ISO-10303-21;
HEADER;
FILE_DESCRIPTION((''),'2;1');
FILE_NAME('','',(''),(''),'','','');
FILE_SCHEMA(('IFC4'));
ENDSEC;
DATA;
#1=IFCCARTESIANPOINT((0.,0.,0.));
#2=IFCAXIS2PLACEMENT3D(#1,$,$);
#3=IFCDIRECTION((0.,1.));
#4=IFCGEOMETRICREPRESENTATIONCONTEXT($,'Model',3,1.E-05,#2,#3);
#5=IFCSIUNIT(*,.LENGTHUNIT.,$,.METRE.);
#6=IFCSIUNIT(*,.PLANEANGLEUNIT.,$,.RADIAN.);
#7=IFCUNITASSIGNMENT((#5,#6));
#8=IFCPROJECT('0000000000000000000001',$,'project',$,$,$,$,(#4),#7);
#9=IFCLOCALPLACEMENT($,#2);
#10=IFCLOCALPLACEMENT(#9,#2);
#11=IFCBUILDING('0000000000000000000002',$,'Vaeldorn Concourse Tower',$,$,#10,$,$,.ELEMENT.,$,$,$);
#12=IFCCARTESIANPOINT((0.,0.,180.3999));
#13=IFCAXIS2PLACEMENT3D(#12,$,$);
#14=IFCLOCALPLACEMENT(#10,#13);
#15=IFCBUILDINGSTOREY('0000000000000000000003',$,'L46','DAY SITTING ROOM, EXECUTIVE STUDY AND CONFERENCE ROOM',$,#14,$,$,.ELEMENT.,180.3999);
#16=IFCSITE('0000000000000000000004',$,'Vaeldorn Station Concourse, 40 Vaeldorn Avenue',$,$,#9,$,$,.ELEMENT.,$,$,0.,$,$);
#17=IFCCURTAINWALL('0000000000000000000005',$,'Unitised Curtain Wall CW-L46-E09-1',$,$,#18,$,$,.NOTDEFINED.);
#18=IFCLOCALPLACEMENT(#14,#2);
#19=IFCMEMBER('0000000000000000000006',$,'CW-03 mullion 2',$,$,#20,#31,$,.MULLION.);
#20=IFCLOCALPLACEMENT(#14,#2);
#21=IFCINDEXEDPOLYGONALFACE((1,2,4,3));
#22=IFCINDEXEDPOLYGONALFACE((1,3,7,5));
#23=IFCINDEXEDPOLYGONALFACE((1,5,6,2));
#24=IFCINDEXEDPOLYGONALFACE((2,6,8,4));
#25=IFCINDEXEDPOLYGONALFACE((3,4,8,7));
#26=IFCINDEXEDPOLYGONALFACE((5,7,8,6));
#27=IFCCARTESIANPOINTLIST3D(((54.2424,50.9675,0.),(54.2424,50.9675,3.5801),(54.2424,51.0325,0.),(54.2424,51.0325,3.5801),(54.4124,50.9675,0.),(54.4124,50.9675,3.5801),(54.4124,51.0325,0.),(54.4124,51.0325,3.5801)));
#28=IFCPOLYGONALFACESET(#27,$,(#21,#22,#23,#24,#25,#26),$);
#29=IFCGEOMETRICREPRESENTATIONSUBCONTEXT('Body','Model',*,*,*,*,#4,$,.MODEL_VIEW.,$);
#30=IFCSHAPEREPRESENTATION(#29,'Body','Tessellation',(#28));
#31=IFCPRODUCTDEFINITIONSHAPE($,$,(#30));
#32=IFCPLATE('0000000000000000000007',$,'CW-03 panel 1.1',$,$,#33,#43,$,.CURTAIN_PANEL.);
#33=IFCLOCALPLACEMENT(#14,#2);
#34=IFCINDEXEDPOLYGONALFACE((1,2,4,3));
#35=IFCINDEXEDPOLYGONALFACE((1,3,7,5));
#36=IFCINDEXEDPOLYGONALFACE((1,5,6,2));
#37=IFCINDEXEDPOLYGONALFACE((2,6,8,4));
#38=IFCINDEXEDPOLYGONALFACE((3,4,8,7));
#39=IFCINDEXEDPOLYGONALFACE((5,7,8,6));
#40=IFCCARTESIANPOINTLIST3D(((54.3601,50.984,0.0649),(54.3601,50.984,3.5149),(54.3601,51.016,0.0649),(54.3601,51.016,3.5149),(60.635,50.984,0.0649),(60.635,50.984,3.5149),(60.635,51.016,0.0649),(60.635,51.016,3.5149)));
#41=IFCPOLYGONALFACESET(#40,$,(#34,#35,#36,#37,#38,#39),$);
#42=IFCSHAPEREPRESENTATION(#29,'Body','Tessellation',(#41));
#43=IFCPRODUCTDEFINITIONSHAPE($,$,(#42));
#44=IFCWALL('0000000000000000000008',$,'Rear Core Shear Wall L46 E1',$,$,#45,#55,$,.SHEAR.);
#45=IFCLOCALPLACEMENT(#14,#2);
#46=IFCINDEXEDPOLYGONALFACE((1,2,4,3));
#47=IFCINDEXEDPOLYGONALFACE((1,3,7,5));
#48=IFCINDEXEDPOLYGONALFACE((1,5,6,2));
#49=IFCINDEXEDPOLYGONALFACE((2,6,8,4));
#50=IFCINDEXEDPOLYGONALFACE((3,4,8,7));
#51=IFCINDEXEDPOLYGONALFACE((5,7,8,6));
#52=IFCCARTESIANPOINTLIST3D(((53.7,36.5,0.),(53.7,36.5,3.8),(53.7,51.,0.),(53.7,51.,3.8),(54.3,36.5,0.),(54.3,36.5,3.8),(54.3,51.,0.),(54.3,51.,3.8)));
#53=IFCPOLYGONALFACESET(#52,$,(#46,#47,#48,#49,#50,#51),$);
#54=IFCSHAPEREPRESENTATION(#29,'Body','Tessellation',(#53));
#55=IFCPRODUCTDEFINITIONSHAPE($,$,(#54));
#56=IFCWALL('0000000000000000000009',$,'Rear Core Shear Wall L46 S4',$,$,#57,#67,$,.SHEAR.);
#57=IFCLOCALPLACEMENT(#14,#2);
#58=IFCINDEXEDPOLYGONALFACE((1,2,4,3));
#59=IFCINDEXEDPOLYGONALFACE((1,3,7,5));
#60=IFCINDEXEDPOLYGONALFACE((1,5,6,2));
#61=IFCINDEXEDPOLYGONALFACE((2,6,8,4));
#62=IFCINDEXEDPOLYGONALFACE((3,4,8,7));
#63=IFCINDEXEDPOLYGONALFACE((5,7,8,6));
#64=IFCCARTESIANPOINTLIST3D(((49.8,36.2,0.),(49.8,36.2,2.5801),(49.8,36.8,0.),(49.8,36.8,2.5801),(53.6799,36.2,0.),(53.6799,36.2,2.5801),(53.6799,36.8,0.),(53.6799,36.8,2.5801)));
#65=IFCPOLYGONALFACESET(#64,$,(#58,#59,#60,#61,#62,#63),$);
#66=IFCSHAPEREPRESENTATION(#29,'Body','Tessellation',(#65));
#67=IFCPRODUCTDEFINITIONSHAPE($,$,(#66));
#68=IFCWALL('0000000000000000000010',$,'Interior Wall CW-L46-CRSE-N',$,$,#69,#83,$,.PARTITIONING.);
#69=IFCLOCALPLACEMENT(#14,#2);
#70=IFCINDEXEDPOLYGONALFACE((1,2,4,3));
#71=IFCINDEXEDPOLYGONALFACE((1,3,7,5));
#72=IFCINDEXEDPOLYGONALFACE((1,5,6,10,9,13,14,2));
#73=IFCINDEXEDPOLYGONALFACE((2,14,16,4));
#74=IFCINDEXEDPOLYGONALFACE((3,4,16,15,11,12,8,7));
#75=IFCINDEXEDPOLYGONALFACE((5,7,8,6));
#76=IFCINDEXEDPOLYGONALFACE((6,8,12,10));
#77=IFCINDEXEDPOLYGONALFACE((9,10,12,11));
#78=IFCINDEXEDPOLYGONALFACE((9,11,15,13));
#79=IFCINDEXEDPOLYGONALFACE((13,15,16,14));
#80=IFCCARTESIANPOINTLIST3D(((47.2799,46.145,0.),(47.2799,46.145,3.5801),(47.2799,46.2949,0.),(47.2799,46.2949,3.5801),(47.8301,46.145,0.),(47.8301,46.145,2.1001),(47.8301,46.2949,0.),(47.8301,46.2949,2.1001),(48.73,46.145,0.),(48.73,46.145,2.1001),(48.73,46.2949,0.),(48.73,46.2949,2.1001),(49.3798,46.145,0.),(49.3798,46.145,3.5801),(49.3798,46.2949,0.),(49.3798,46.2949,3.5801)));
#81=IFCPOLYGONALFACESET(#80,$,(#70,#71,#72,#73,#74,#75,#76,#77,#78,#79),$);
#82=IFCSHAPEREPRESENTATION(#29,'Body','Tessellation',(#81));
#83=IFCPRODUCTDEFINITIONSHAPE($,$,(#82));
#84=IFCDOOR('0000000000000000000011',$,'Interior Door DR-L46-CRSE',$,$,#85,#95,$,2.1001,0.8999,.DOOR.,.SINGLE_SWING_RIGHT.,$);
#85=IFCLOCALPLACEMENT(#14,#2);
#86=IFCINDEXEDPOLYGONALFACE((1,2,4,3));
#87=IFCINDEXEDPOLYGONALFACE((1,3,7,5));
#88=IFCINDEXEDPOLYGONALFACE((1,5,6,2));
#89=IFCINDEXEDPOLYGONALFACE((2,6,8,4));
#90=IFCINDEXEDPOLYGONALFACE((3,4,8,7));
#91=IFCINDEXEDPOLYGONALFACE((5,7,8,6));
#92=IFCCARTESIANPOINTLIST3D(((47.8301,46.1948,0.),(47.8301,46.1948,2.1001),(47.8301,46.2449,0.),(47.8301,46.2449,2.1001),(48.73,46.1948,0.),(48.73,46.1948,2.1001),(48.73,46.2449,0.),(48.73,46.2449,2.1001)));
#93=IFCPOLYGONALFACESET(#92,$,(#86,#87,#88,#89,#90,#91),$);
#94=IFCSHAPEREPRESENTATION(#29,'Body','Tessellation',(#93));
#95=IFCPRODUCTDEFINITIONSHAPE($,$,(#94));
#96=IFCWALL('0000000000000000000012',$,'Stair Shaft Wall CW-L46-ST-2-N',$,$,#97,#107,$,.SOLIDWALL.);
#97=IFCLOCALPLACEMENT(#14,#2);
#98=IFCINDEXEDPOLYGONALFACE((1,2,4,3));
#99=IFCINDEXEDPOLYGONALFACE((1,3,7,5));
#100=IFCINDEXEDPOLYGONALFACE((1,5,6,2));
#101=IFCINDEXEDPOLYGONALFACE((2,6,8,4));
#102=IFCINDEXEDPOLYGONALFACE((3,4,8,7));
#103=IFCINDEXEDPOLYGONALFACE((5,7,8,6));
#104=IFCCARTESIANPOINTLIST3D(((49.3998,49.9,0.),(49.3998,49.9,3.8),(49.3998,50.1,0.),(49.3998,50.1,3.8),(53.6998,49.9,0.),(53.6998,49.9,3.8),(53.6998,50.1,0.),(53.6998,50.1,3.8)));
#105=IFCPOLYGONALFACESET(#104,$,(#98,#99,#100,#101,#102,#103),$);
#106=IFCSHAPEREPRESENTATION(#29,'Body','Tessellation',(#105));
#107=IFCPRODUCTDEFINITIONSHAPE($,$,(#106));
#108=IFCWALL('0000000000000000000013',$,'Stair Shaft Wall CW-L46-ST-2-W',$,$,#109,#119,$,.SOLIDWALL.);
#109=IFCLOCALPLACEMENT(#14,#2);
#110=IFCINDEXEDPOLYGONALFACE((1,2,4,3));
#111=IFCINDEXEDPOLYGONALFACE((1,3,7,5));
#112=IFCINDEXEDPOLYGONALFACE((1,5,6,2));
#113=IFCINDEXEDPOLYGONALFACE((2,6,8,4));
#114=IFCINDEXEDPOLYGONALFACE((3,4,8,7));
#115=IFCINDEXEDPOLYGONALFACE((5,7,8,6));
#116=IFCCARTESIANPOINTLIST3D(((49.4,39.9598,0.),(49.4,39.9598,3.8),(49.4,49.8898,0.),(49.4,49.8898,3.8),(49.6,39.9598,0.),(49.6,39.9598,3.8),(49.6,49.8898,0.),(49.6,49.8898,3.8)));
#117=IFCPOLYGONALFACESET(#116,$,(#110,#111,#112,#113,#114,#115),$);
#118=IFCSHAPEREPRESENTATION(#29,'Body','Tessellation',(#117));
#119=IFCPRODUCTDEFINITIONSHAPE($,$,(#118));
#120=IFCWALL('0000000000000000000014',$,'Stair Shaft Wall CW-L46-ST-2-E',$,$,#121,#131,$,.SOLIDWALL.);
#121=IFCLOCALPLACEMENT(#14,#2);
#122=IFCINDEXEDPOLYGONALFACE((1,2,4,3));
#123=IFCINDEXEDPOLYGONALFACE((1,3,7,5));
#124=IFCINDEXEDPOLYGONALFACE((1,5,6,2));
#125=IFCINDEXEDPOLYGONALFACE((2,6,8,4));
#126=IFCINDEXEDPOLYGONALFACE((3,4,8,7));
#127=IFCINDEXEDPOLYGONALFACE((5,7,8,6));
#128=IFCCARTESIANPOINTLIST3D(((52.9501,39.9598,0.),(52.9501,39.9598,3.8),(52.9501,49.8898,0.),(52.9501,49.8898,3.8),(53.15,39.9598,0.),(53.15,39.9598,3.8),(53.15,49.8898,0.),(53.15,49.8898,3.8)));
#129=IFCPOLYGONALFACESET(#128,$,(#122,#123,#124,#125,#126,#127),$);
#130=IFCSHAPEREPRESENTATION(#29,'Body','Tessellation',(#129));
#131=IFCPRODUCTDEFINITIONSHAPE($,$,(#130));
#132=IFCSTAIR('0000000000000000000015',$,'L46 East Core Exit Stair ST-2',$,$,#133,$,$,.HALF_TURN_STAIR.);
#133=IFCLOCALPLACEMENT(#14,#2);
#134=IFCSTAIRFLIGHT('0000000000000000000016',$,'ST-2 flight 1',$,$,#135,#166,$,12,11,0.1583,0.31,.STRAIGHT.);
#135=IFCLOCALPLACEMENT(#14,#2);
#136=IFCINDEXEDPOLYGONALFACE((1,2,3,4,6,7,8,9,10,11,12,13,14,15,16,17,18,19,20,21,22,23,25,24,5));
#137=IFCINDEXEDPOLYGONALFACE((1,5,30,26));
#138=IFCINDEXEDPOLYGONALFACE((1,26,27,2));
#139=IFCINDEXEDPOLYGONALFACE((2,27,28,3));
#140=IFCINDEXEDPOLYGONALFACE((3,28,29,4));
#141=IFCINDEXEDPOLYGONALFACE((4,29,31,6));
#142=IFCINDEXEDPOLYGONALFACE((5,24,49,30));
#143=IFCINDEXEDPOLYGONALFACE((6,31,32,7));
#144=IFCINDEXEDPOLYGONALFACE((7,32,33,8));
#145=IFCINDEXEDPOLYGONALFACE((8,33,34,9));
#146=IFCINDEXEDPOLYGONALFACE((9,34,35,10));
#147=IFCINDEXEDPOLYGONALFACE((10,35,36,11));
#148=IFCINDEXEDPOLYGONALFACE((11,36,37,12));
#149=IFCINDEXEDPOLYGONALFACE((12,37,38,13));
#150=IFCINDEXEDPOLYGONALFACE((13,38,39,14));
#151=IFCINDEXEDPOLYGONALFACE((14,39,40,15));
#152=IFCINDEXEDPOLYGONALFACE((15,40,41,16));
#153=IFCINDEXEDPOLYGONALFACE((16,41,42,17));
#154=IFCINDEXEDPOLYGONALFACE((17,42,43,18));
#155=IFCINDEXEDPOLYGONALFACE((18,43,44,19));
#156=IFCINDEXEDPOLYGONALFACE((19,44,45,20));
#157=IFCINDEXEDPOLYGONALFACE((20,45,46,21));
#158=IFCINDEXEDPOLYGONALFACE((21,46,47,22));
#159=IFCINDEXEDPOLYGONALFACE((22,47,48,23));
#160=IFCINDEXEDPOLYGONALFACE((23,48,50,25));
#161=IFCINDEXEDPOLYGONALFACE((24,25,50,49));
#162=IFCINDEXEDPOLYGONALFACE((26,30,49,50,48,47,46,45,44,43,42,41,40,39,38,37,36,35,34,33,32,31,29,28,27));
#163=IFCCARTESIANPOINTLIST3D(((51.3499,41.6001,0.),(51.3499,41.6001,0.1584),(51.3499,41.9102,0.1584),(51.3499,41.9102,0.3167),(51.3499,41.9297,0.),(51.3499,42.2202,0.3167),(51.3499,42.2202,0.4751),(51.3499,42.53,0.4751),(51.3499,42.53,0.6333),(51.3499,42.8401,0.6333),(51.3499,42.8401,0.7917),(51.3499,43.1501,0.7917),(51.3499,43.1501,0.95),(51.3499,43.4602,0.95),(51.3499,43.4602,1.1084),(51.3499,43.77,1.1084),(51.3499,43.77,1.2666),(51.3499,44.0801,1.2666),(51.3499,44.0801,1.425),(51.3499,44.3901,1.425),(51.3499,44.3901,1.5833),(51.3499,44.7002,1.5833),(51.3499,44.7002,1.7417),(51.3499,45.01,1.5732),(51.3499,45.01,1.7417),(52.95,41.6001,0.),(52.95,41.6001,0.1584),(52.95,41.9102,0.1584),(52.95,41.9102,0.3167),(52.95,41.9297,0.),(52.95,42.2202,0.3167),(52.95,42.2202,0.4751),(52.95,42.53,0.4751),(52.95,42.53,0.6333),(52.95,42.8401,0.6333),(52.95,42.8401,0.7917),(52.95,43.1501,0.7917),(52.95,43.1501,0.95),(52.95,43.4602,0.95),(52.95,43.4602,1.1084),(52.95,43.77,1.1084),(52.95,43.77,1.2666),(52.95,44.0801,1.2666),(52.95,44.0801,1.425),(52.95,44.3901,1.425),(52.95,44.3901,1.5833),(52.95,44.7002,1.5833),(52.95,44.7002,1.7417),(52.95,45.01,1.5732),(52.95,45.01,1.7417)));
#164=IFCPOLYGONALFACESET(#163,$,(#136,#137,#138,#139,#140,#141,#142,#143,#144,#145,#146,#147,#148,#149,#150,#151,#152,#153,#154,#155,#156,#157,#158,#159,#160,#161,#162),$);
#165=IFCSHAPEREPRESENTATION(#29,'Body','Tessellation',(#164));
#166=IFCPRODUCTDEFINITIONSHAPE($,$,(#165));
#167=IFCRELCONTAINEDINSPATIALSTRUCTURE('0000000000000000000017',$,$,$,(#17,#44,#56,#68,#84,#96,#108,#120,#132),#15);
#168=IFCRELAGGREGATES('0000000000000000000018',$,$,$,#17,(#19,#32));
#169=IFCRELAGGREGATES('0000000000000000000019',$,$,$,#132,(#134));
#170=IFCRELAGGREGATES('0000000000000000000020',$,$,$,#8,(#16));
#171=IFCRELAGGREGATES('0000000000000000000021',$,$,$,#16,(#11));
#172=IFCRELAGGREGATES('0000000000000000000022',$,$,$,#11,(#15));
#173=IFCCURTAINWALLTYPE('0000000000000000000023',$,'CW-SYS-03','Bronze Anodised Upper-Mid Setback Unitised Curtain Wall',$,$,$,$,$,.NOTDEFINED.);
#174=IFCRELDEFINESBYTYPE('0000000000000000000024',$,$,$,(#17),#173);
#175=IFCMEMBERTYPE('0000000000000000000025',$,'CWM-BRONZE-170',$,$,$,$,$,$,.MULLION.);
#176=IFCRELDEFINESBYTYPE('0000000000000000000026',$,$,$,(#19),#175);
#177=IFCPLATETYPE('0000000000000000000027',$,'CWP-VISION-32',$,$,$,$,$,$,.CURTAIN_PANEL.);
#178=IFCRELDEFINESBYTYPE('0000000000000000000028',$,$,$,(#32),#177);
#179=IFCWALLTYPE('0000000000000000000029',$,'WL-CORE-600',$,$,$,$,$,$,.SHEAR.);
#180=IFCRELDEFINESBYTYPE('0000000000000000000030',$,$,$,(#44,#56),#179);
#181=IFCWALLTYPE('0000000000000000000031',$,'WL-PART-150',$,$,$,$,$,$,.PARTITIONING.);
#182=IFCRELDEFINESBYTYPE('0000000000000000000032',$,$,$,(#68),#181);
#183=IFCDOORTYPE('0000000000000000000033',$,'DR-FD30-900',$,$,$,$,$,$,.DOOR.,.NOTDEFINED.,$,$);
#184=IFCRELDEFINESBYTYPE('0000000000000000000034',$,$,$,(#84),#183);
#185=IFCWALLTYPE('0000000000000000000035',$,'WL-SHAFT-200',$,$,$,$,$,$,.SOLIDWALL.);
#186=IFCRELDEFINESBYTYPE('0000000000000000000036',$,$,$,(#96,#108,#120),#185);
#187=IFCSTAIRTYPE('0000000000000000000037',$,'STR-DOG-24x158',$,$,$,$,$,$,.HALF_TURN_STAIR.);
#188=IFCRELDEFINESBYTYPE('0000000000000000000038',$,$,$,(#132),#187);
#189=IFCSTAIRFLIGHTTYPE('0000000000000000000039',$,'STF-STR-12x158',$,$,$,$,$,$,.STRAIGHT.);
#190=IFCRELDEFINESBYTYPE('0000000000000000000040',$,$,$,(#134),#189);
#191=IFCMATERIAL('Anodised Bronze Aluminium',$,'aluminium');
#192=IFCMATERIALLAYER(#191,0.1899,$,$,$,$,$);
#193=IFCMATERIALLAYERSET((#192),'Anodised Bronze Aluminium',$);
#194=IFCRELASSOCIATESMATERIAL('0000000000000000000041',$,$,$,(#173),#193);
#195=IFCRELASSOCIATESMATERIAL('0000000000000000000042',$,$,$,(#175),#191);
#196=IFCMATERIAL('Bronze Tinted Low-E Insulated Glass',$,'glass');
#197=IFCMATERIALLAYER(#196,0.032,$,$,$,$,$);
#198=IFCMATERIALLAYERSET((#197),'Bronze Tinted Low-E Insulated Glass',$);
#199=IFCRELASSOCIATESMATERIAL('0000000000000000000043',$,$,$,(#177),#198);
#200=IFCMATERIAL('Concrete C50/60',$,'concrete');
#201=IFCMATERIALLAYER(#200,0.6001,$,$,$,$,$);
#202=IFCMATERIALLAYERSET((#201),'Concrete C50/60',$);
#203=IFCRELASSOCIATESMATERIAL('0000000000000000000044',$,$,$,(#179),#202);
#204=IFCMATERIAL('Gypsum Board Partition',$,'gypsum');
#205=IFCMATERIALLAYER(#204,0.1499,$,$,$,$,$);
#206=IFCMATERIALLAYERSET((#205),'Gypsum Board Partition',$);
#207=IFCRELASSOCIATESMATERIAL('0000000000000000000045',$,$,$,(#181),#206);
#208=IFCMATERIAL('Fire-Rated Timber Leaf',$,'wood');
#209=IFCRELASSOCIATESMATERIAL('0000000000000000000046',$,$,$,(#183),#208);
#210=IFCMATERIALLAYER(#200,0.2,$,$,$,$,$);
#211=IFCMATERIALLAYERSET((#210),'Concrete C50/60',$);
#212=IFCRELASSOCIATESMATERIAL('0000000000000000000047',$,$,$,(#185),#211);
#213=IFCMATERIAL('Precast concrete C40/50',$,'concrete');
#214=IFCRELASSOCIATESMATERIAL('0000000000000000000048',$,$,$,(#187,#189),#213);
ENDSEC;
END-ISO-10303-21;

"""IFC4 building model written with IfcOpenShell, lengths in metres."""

from ifc_helpers import new_model, si_unit, direction, frame, frame_2d, origin, origin_2d, place, context, subcontext, project, spatial, polyline, rectangle, outline, extrude, source, transform, mapped, material, layer, layer_set, material_profile, profile_set, type_object, element, fill, aggregate, save


model = new_model("IFC4")

# Units and contexts
model_context = context("Model", 3, precision=1e-05, world=origin(), true_north=direction((0.0, 1.0)))
body_context = subcontext(model_context, "Body", "Model", "MODEL_VIEW")
ifc_project = project(units=[si_unit("LENGTHUNIT", "METRE"), si_unit("PLANEANGLEUNIT", "RADIAN")], contexts=[model_context])

# Site, building, storey
site_placement = place(None, origin())
site = spatial("IfcSite", under=ifc_project, at=site_placement, Name="Vaeldorn Station Concourse, 40 Vaeldorn Avenue", CompositionType="ELEMENT", RefElevation=0.0)
building_placement = place(site_placement, origin())
building = spatial("IfcBuilding", under=site, at=building_placement, Name="Vaeldorn Concourse Tower", CompositionType="ELEMENT")
storey_placement = place(building_placement, frame((0.0, 0.0, 180.3999)))
storey = spatial("IfcBuildingStorey", under=building, at=storey_placement, Name="L46", Description="DAY SITTING ROOM, EXECUTIVE STUDY AND CONFERENCE ROOM", CompositionType="ELEMENT", Elevation=180.3999)

# Shared definitions
ifc_material_1 = material(Name="Concrete C50/60", Category="concrete")

# Curtain wall, member, plate
ifc_material_2 = material(Name="Anodised Bronze Aluminium", Category="aluminium")
ifc_layer_1 = layer(ifc_material_2, 0.1899)
ifc_layer_set_1 = layer_set([ifc_layer_1], Name="Anodised Bronze Aluminium")
curtain_wall_type = type_object("IfcCurtainWallType", Name="CW-SYS-03", Description="Bronze Anodised Upper-Mid Setback Unitised Curtain Wall", PredefinedType="NOTDEFINED", material=ifc_layer_set_1)
curtain_wall_placement = place(storey_placement, origin())
curtain_wall = element("IfcCurtainWall", 1, at=curtain_wall_placement, inside=storey, type_object=curtain_wall_type, Name="Unitised Curtain Wall CW-L46-E09-1", PredefinedType="NOTDEFINED")
ifc_material_profile_1 = material_profile(ifc_material_2, rectangle(XDim=0.0649, YDim=0.1699, at=origin_2d()), Name="CWM 65x170")
ifc_profile_set_1 = profile_set([ifc_material_profile_1], Name="Anodised Bronze Aluminium")
member_type = type_object("IfcMemberType", Name="CWM-BRONZE-170", PredefinedType="MULLION", material=ifc_profile_set_1)
shared_shape_1 = source(origin(), body_context, "Body", "SweptSolid", [
    extrude(rectangle(XDim=0.0649, YDim=0.1699, at=origin_2d()), origin(), (0.0, 0.0, 1.0), 3.5801),
])
member_placement = place(storey_placement, frame((54.3274, 51.0, 0.0), z_axis=(0.0, 0.0, 1.0), x_axis=(0.0, -1.0, 0.0)))
member = element("IfcMember", 2, at=member_placement, type_object=member_type, Name="CW-03 mullion 2", PredefinedType="MULLION", context=body_context, shape_type="MappedRepresentation", body=[
    mapped(shared_shape_1, transform((0.0, 0.0, 0.0), scale=1.0)),
])
ifc_material_3 = material(Name="Bronze Tinted Low-E Insulated Glass", Category="glass")
ifc_layer_2 = layer(ifc_material_3, 0.032)
ifc_layer_set_2 = layer_set([ifc_layer_2], Name="Bronze Tinted Low-E Insulated Glass")
plate_type = type_object("IfcPlateType", Name="CWP-VISION-32", PredefinedType="CURTAIN_PANEL", material=ifc_layer_set_2)
shared_shape_2 = source(origin(), body_context, "Body", "SweptSolid", [
    extrude(rectangle(XDim=6.2749, YDim=0.032, at=origin_2d()), origin(), (0.0, 0.0, 1.0), 3.45),
])
plate_placement = place(storey_placement, frame((57.4976, 51.0, 0.0649), z_axis=(0.0, 0.0, 1.0), x_axis=(-1.0, 0.0, 0.0)))
plate = element("IfcPlate", 3, at=plate_placement, type_object=plate_type, Name="CW-03 panel 1.1", PredefinedType="CURTAIN_PANEL", context=body_context, shape_type="MappedRepresentation", body=[
    mapped(shared_shape_2, transform((0.0, 0.0, 0.0), scale=1.0)),
])
aggregate(curtain_wall, [member, plate])

# Walls
ifc_layer_3 = layer(ifc_material_1, 0.6001)
ifc_layer_set_3 = layer_set([ifc_layer_3], Name="Concrete C50/60")
wall_type_1 = type_object("IfcWallType", Name="WL-CORE-600", PredefinedType="SHEAR", material=ifc_layer_set_3)
wall_1_placement = place(storey_placement, frame((54.0, 36.5, 0.0), z_axis=(0.0, 0.0, 1.0), x_axis=(0.0, 1.0, 0.0)))
element("IfcWall", 4, at=wall_1_placement, inside=storey, type_object=wall_type_1, Name="Rear Core Shear Wall L46 E1", PredefinedType="SHEAR", context=body_context, shape_type="SweptSolid", body=[
    extrude(rectangle(XDim=14.5, YDim=0.6001, at=frame_2d((7.25, 0.0))), origin(), (0.0, 0.0, 1.0), 3.8),
])
wall_2_placement = place(storey_placement, frame((49.8, 36.5, 0.0), z_axis=(0.0, 0.0, 1.0), x_axis=(1.0, 0.0, 0.0)))
element("IfcWall", 5, at=wall_2_placement, inside=storey, type_object=wall_type_1, Name="Rear Core Shear Wall L46 S4", PredefinedType="SHEAR", context=body_context, shape_type="SweptSolid", body=[
    extrude(rectangle(XDim=3.8799, YDim=0.6001, at=frame_2d((1.9399, 0.0))), origin(), (0.0, 0.0, 1.0), 2.5801),
])

# Wall, opening, door
ifc_material_4 = material(Name="Gypsum Board Partition", Category="gypsum")
ifc_layer_4 = layer(ifc_material_4, 0.1499)
ifc_layer_set_4 = layer_set([ifc_layer_4], Name="Gypsum Board Partition")
wall_type_2 = type_object("IfcWallType", Name="WL-PART-150", PredefinedType="PARTITIONING", material=ifc_layer_set_4)
wall_3_placement = place(storey_placement, frame((47.28, 46.22, 0.0), z_axis=(0.0, 0.0, 1.0), x_axis=(1.0, 0.0, 0.0)))
wall_3 = element("IfcWall", 6, at=wall_3_placement, inside=storey, type_object=wall_type_2, Name="Interior Wall CW-L46-CRSE-N", PredefinedType="PARTITIONING", context=body_context, shape_type="SweptSolid", body=[
    extrude(rectangle(XDim=2.0999, YDim=0.1499, at=frame_2d((1.0498, 0.0))), origin(), (0.0, 0.0, 1.0), 3.5801),
])
opening_1_placement = place(wall_3_placement, frame((0.55, 0.0, 0.0)))
opening_1 = element("IfcOpeningElement", 7, at=opening_1_placement, cuts=wall_3, PredefinedType="OPENING", context=body_context, shape_type="SweptSolid", body=[
    extrude(rectangle(XDim=0.8999, YDim=2.1001, at=frame_2d((0.45, 1.05))), frame((0.0, 0.085, 0.0), z_axis=(0.0, -1.0, 0.0), x_axis=(1.0, 0.0, 0.0)), (0.0, 0.0, 1.0), 0.1699),
])
ifc_material_5 = material(Name="Fire-Rated Timber Leaf", Category="wood")
door_type_1 = type_object("IfcDoorType", Name="DR-FD30-900", OperationType="NOTDEFINED", PredefinedType="DOOR", material=ifc_material_5)
shared_shape_3 = source(origin(), body_context, "Body", "SweptSolid", [
    extrude(rectangle(XDim=0.8999, YDim=2.1001, at=frame_2d((0.45, 1.05))), frame((0.0, 0.0249, 0.0), z_axis=(0.0, -1.0, 0.0), x_axis=(1.0, 0.0, 0.0)), (0.0, 0.0, 1.0), 0.05),
])
door_1_placement = place(opening_1_placement, origin())
door_1 = element("IfcDoor", 8, at=door_1_placement, inside=storey, type_object=door_type_1, Name="Interior Door DR-L46-CRSE", OperationType="SINGLE_SWING_RIGHT", OverallHeight=2.1001, OverallWidth=0.8999, PredefinedType="DOOR", context=body_context, shape_type="MappedRepresentation", body=[
    mapped(shared_shape_3, transform((0.0, 0.0, 0.0), scale=1.0)),
])
fill(opening_1, door_1)
ifc_layer_5 = layer(ifc_material_1, 0.2)
ifc_layer_set_5 = layer_set([ifc_layer_5], Name="Concrete C50/60")
wall_type_3 = type_object("IfcWallType", Name="WL-SHAFT-200", PredefinedType="SOLIDWALL", material=ifc_layer_set_5)

# Walls
wall_4_placement = place(storey_placement, frame((49.3999, 50.0, 0.0), z_axis=(0.0, 0.0, 1.0), x_axis=(1.0, 0.0, 0.0)))
element("IfcWall", 9, at=wall_4_placement, inside=storey, type_object=wall_type_3, Name="Stair Shaft Wall CW-L46-ST-2-N", PredefinedType="SOLIDWALL", context=body_context, shape_type="SweptSolid", body=[
    extrude(rectangle(XDim=4.3, YDim=0.2, at=frame_2d((2.1499, 0.0))), origin(), (0.0, 0.0, 1.0), 3.8),
])
for number, where, z_axis, x_axis, name in (
    (10, (49.5, 39.96, 0.0), (0.0, 0.0, 1.0), (0.0, 1.0, 0.0), "Stair Shaft Wall CW-L46-ST-2-W"),
    (11, (53.05, 39.96, 0.0), (0.0, 0.0, 1.0), (0.0, 1.0, 0.0), "Stair Shaft Wall CW-L46-ST-2-E"),
):
    element("IfcWall", number, at=place(storey_placement, frame(where, z_axis=z_axis, x_axis=x_axis)), inside=storey, type_object=wall_type_3, Name=name, PredefinedType="SOLIDWALL", context=body_context, shape_type="SweptSolid", body=[
        extrude(rectangle(XDim=9.9299, YDim=0.2, at=frame_2d((4.9648, 0.0))), origin(), (0.0, 0.0, 1.0), 3.8),
    ])

# Stair, stair flight
ifc_material_6 = material(Name="Precast concrete C40/50", Category="concrete")
stair_type = type_object("IfcStairType", Name="STR-DOG-24x158", PredefinedType="HALF_TURN_STAIR", material=ifc_material_6)
stair_placement = place(storey_placement, origin())
stair = element("IfcStair", 12, at=stair_placement, inside=storey, type_object=stair_type, Name="L46 East Core Exit Stair ST-2", PredefinedType="HALF_TURN_STAIR")
stair_flight_type = type_object("IfcStairFlightType", Name="STF-STR-12x158", PredefinedType="STRAIGHT", material=ifc_material_6)
stair_flight_1_placement = place(storey_placement, frame((52.1499, 41.6001, 0.0), z_axis=(0.0, 0.0, 1.0), x_axis=(0.0, 1.0, 0.0)))
stair_flight_1 = element("IfcStairFlight", 13, at=stair_flight_1_placement, type_object=stair_flight_type, Name="ST-2 flight 1", NumberOfRisers=12, NumberOfTreads=11, PredefinedType="STRAIGHT", RiserHeight=0.1583, TreadLength=0.31, context=body_context, shape_type="SweptSolid", body=[
    extrude(outline(polyline([(0.0, 0.0), (0.0, 0.1584), (0.3101, 0.1584), (0.3101, 0.3167), (0.6201, 0.3167), (0.6201, 0.4751), (0.9299, 0.4751), (0.9299, 0.6333), (1.24, 0.6333), (1.24, 0.7917), (1.55, 0.7917), (1.55, 0.95), (1.8601, 0.95), (1.8601, 1.1084), (2.1699, 1.1084), (2.1699, 1.2666), (2.48, 1.2666), (2.48, 1.425), (2.79, 1.425), (2.79, 1.5833), (3.1001, 1.5833), (3.1001, 1.7417), (3.4099, 1.7417), (3.4099, 1.8999), (3.4099, 1.5732), (0.3296, 0.0), (0.0, 0.0)])), frame((0.0, 0.8, 0.0), z_axis=(0.0, -1.0, 0.0), x_axis=(1.0, 0.0, 0.0)), (0.0, 0.0, 1.0), 1.6001),
])
aggregate(stair, [stair_flight_1])

save(model, "model.ifc")
